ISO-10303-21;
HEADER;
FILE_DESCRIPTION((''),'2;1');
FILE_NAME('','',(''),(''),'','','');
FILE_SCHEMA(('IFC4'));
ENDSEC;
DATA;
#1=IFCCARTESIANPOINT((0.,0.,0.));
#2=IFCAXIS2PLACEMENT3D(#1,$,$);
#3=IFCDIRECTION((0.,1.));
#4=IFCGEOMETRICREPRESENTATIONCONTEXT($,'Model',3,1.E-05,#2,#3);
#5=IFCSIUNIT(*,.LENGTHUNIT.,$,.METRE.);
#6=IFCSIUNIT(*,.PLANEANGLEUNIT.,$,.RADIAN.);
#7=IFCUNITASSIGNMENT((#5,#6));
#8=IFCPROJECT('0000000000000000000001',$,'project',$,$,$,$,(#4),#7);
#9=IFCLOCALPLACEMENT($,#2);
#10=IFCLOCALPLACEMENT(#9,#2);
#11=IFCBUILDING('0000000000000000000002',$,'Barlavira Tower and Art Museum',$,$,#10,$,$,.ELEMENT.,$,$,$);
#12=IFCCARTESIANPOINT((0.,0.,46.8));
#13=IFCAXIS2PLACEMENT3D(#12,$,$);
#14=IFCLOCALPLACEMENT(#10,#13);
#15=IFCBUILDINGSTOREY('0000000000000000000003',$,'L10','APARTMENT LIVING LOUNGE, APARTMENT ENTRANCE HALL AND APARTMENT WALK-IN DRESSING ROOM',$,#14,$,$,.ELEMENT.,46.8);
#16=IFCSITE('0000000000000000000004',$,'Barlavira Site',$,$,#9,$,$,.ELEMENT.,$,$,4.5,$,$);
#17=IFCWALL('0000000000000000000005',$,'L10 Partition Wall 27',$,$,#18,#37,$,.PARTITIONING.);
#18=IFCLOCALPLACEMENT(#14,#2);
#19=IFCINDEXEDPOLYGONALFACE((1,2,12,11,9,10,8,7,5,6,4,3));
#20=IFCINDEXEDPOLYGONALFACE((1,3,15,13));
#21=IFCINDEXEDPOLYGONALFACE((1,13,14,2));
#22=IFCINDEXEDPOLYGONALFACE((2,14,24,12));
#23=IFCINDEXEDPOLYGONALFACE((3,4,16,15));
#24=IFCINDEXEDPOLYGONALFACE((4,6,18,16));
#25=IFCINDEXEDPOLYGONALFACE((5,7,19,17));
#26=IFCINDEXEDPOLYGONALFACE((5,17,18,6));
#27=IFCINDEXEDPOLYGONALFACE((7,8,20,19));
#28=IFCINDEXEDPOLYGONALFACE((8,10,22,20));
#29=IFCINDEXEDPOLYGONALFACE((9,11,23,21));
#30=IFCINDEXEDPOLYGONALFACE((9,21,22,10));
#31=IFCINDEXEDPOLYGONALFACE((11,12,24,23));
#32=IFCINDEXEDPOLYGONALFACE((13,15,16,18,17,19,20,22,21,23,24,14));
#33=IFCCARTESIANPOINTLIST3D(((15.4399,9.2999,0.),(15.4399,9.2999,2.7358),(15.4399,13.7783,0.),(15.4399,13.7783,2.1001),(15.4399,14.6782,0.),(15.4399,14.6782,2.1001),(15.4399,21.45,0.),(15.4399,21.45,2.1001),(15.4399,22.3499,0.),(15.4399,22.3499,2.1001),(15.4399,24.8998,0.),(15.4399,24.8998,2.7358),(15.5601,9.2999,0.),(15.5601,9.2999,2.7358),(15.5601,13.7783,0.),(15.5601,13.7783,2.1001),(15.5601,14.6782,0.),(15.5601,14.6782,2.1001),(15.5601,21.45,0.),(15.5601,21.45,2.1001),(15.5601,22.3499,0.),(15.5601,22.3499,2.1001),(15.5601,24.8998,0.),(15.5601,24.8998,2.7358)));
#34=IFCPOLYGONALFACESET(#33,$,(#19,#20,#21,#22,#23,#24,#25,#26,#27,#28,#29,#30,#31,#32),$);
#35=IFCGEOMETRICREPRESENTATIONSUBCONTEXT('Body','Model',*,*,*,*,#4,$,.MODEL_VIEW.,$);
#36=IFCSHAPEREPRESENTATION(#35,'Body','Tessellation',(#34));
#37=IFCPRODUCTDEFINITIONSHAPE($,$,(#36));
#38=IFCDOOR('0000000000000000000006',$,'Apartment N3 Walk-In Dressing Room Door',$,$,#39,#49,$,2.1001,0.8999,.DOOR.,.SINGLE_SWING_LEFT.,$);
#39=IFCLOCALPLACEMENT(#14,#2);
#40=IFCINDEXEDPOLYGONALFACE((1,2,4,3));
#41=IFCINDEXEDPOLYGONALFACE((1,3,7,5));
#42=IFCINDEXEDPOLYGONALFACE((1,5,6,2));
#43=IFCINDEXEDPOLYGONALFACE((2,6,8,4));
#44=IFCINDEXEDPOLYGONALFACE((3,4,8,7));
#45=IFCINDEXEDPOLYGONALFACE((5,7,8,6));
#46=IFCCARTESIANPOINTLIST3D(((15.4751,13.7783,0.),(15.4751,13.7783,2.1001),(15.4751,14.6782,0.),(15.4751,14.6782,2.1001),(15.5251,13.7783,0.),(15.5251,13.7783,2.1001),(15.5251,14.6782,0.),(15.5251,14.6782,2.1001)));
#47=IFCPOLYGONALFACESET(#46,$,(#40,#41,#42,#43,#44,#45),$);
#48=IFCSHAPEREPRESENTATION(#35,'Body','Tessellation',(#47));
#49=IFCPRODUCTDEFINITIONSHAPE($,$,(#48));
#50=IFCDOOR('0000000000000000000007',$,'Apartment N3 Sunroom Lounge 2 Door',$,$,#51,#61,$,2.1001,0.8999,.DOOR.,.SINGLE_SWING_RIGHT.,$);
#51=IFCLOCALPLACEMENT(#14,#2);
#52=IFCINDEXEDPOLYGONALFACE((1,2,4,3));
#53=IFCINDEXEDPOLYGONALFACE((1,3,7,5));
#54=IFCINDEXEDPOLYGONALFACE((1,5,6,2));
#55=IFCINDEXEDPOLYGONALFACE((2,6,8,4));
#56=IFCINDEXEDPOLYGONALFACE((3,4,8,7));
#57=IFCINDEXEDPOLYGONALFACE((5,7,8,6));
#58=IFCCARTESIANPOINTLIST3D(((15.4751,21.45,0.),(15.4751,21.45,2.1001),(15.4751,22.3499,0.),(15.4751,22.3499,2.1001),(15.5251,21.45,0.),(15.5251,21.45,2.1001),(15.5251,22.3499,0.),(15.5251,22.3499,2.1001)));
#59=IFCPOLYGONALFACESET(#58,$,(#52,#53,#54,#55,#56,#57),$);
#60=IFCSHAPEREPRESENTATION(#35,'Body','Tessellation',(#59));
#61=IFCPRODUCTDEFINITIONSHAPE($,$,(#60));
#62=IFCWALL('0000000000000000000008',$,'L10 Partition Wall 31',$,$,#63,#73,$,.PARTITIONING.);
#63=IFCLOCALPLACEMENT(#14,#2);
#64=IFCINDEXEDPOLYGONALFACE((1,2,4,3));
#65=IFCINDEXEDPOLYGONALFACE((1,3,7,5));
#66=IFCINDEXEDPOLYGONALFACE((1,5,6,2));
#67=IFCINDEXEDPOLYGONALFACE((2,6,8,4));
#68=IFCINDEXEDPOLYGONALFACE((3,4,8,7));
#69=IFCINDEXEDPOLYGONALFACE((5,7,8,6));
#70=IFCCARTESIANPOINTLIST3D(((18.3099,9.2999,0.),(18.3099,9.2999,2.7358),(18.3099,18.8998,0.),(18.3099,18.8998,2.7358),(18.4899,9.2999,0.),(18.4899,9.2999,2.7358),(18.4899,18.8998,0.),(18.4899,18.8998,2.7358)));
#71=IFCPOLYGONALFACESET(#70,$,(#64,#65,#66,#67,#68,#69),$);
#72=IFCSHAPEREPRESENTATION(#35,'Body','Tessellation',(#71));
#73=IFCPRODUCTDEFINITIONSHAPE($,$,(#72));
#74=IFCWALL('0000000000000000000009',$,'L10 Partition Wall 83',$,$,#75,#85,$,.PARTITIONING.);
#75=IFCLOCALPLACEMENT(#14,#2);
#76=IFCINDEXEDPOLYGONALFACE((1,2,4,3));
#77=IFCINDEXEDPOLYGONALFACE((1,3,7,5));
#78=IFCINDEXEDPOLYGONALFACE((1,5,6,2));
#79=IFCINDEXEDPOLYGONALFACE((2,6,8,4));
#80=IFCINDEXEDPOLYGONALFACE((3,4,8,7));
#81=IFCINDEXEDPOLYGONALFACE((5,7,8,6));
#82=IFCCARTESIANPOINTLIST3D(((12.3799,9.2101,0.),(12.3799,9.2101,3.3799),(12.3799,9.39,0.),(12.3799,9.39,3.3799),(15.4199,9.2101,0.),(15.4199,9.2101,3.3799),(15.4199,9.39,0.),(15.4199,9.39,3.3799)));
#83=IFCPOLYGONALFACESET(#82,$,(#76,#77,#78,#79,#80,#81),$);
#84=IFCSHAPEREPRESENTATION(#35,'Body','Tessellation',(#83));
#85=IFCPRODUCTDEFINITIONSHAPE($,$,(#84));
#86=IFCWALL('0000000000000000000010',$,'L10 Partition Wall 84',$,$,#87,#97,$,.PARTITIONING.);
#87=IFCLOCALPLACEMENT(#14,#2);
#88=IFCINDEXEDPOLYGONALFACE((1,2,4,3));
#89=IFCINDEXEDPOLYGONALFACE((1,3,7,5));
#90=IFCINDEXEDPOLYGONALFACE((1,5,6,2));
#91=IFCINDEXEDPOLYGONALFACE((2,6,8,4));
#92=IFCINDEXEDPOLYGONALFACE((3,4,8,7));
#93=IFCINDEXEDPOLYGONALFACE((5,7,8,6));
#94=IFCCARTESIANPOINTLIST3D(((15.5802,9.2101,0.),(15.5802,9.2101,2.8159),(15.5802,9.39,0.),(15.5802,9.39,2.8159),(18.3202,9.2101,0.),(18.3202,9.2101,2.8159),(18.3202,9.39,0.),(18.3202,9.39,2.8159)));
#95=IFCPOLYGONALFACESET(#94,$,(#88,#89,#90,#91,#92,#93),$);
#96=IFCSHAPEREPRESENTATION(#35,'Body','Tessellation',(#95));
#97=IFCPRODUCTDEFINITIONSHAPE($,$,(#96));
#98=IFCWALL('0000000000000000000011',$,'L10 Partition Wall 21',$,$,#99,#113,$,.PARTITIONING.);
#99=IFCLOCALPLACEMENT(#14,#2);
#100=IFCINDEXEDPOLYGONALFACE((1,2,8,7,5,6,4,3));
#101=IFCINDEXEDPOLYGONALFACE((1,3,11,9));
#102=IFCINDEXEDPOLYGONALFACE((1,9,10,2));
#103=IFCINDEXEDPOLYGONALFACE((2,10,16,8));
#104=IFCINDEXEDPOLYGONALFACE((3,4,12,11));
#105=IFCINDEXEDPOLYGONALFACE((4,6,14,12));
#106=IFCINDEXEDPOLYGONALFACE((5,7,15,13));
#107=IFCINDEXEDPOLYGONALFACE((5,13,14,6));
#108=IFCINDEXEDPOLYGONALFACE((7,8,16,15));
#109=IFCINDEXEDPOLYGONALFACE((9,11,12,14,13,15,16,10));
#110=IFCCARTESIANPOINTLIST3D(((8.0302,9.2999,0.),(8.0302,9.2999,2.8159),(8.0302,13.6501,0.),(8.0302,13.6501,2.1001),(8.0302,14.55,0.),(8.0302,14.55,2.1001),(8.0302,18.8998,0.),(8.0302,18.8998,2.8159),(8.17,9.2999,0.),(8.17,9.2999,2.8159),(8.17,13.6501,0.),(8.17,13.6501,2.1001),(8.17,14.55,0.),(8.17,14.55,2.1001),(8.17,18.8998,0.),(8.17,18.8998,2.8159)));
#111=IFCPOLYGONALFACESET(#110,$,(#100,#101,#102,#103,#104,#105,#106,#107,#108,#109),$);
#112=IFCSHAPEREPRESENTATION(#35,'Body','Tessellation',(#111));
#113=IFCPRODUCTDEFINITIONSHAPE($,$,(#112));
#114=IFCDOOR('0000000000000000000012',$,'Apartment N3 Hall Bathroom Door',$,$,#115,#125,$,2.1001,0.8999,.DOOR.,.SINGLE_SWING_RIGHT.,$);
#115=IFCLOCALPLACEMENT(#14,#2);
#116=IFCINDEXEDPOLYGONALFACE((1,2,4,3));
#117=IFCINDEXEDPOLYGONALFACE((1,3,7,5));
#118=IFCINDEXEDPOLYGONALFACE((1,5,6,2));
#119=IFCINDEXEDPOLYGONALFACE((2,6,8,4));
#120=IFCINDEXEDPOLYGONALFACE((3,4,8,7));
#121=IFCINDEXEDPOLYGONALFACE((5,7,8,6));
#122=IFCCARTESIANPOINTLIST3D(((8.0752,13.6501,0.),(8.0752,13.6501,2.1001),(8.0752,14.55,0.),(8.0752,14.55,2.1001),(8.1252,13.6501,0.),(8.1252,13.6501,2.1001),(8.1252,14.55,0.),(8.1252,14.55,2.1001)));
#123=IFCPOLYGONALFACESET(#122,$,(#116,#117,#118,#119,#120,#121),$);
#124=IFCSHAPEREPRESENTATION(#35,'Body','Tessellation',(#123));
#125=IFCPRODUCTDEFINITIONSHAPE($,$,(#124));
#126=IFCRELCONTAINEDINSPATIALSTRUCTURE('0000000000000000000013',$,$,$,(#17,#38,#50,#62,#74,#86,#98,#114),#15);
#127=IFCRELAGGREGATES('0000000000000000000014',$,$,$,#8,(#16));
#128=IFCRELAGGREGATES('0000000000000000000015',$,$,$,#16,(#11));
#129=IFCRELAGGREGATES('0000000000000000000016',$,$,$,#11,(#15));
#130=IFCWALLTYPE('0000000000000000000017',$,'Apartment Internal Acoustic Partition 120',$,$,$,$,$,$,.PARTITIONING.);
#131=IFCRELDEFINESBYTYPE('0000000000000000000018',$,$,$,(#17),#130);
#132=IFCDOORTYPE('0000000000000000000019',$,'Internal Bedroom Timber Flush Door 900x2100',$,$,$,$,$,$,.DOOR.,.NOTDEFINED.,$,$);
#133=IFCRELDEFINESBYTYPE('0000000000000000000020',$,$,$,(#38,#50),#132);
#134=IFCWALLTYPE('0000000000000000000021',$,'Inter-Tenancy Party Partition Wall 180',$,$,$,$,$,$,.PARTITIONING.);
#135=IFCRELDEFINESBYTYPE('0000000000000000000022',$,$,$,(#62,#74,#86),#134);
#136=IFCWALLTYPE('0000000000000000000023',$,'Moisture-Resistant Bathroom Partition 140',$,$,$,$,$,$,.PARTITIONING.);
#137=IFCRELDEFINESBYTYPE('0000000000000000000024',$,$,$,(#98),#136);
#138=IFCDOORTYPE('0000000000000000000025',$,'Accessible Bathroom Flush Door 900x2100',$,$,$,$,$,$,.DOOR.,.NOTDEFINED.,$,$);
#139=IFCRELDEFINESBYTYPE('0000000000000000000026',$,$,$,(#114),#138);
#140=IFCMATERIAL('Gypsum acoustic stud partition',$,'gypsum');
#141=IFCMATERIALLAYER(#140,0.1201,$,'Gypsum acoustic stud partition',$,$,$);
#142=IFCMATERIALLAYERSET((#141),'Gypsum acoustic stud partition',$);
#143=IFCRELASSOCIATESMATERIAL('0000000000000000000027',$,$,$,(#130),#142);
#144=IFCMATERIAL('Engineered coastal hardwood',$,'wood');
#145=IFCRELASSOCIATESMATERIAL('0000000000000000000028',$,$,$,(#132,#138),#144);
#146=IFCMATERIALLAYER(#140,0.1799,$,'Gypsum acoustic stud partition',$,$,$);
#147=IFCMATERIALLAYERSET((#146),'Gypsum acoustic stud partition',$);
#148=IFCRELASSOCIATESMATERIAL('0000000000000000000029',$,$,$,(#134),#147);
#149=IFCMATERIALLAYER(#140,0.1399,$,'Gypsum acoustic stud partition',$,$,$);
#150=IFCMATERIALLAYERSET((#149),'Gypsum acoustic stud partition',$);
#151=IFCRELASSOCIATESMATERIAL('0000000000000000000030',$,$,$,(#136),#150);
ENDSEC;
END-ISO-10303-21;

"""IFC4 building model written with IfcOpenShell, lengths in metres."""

from ifc_helpers import new_model, si_unit, direction, frame, frame_2d, origin, place, context, subcontext, project, spatial, rectangle, extrude, material, layer, layer_set, type_object, element, fill, save


model = new_model("IFC4")

# Units and contexts
model_context = context("Model", 3, precision=1e-05, world=origin(), true_north=direction((0.0, 1.0)))
body_context = subcontext(model_context, "Body", "Model", "MODEL_VIEW")
ifc_project = project(units=[si_unit("LENGTHUNIT", "METRE"), si_unit("PLANEANGLEUNIT", "RADIAN")], contexts=[model_context])

# Site, building, storey
site_placement = place(None, origin())
site = spatial("IfcSite", under=ifc_project, at=site_placement, Name="Barlavira Site", CompositionType="ELEMENT", RefElevation=4.5)
building_placement = place(site_placement, origin())
building = spatial("IfcBuilding", under=site, at=building_placement, Name="Barlavira Tower and Art Museum", CompositionType="ELEMENT")
storey_placement = place(building_placement, frame((0.0, 0.0, 46.8)))
storey = spatial("IfcBuildingStorey", under=building, at=storey_placement, Name="L10", Description="APARTMENT LIVING LOUNGE, APARTMENT ENTRANCE HALL AND APARTMENT WALK-IN DRESSING ROOM", CompositionType="ELEMENT", Elevation=46.8)

# Wall, openings, doors
ifc_material_1 = material(Name="Gypsum acoustic stud partition", Category="gypsum")
ifc_layer_1 = layer(ifc_material_1, 0.1201, Name="Gypsum acoustic stud partition")
ifc_layer_set_1 = layer_set([ifc_layer_1], Name="Gypsum acoustic stud partition")
wall_type_1 = type_object("IfcWallType", Name="Apartment Internal Acoustic Partition 120", PredefinedType="PARTITIONING", material=ifc_layer_set_1)
ifc_material_2 = material(Name="Engineered coastal hardwood", Category="wood")
door_type_1 = type_object("IfcDoorType", Name="Internal Bedroom Timber Flush Door 900x2100", OperationType="NOTDEFINED", PredefinedType="DOOR", material=ifc_material_2)
wall_1_placement = place(storey_placement, frame((15.5, 9.3, 0.0), z_axis=(0.0, 0.0, 1.0), x_axis=(0.0, 1.0, 0.0)))
wall_1 = element("IfcWall", 1, at=wall_1_placement, inside=storey, type_object=wall_type_1, Name="L10 Partition Wall 27", PredefinedType="PARTITIONING", context=body_context, shape_type="SweptSolid", body=[
    extrude(rectangle(XDim=15.5999, YDim=0.1201, at=frame_2d((7.7998, 0.0))), origin(), (0.0, 0.0, 1.0), 2.7358),
])
opening_1_placement = place(wall_1_placement, frame((4.4783, 0.0, 0.0)))
opening_1 = element("IfcOpeningElement", 2, at=opening_1_placement, cuts=wall_1, PredefinedType="OPENING", context=body_context, shape_type="SweptSolid", body=[
    extrude(rectangle(XDim=0.8999, YDim=2.1001, at=frame_2d((0.45, 1.05))), frame((0.0, 0.0701, 0.0), z_axis=(0.0, -1.0, 0.0), x_axis=(1.0, 0.0, 0.0)), (0.0, 0.0, 1.0), 0.1401),
])
opening_2_placement = place(wall_1_placement, frame((12.1499, 0.0, 0.0)))
opening_2 = element("IfcOpeningElement", 3, at=opening_2_placement, cuts=wall_1, PredefinedType="OPENING", context=body_context, shape_type="SweptSolid", body=[
    extrude(rectangle(XDim=0.8999, YDim=2.1001, at=frame_2d((0.45, 1.05))), frame((0.0, 0.0701, 0.0), z_axis=(0.0, -1.0, 0.0), x_axis=(1.0, 0.0, 0.0)), (0.0, 0.0, 1.0), 0.1401),
])
door_1_placement = place(opening_1_placement, origin())
door_1 = element("IfcDoor", 4, at=door_1_placement, inside=storey, type_object=door_type_1, Name="Apartment N3 Walk-In Dressing Room Door", OperationType="SINGLE_SWING_LEFT", OverallHeight=2.1001, OverallWidth=0.8999, PredefinedType="DOOR", context=body_context, shape_type="SweptSolid", body=[
    extrude(rectangle(XDim=0.8999, YDim=2.1001, at=frame_2d((0.45, 1.05))), frame((0.0, 0.0249, 0.0), z_axis=(0.0, -1.0, 0.0), x_axis=(1.0, 0.0, 0.0)), (0.0, 0.0, 1.0), 0.05),
])
fill(opening_1, door_1)
door_2_placement = place(opening_2_placement, origin())
door_2 = element("IfcDoor", 5, at=door_2_placement, inside=storey, type_object=door_type_1, Name="Apartment N3 Sunroom Lounge 2 Door", OperationType="SINGLE_SWING_RIGHT", OverallHeight=2.1001, OverallWidth=0.8999, PredefinedType="DOOR", context=body_context, shape_type="SweptSolid", body=[
    extrude(rectangle(XDim=0.8999, YDim=2.1001, at=frame_2d((0.45, 1.05))), frame((0.0, 0.0249, 0.0), z_axis=(0.0, -1.0, 0.0), x_axis=(1.0, 0.0, 0.0)), (0.0, 0.0, 1.0), 0.05),
])
fill(opening_2, door_2)

# Wall
ifc_layer_2 = layer(ifc_material_1, 0.1799, Name="Gypsum acoustic stud partition")
ifc_layer_set_2 = layer_set([ifc_layer_2], Name="Gypsum acoustic stud partition")
wall_type_2 = type_object("IfcWallType", Name="Inter-Tenancy Party Partition Wall 180", PredefinedType="PARTITIONING", material=ifc_layer_set_2)
wall_2_placement = place(storey_placement, frame((18.3999, 9.3, 0.0), z_axis=(0.0, 0.0, 1.0), x_axis=(0.0, 1.0, 0.0)))
element("IfcWall", 6, at=wall_2_placement, inside=storey, type_object=wall_type_2, Name="L10 Partition Wall 31", PredefinedType="PARTITIONING", context=body_context, shape_type="SweptSolid", body=[
    extrude(rectangle(XDim=9.5999, YDim=0.1799, at=frame_2d((4.7998, 0.0))), origin(), (0.0, 0.0, 1.0), 2.7358),
])

# Walls
wall_3_placement = place(storey_placement, frame((12.3799, 9.3, 0.0), z_axis=(0.0, 0.0, 1.0), x_axis=(1.0, 0.0, 0.0)))
element("IfcWall", 7, at=wall_3_placement, inside=storey, type_object=wall_type_2, Name="L10 Partition Wall 83", PredefinedType="PARTITIONING", context=body_context, shape_type="SweptSolid", body=[
    extrude(rectangle(XDim=3.04, YDim=0.1799, at=frame_2d((1.52, 0.0))), origin(), (0.0, 0.0, 1.0), 3.3799),
])
wall_4_placement = place(storey_placement, frame((15.5801, 9.3, 0.0), z_axis=(0.0, 0.0, 1.0), x_axis=(1.0, 0.0, 0.0)))
element("IfcWall", 8, at=wall_4_placement, inside=storey, type_object=wall_type_2, Name="L10 Partition Wall 84", PredefinedType="PARTITIONING", context=body_context, shape_type="SweptSolid", body=[
    extrude(rectangle(XDim=2.74, YDim=0.1799, at=frame_2d((1.3701, 0.0))), origin(), (0.0, 0.0, 1.0), 2.8159),
])

# Wall, opening, door
ifc_layer_3 = layer(ifc_material_1, 0.1399, Name="Gypsum acoustic stud partition")
ifc_layer_set_3 = layer_set([ifc_layer_3], Name="Gypsum acoustic stud partition")
wall_type_3 = type_object("IfcWallType", Name="Moisture-Resistant Bathroom Partition 140", PredefinedType="PARTITIONING", material=ifc_layer_set_3)
wall_5_placement = place(storey_placement, frame((8.1001, 9.3, 0.0), z_axis=(0.0, 0.0, 1.0), x_axis=(0.0, 1.0, 0.0)))
wall_5 = element("IfcWall", 9, at=wall_5_placement, inside=storey, type_object=wall_type_3, Name="L10 Partition Wall 21", PredefinedType="PARTITIONING", context=body_context, shape_type="SweptSolid", body=[
    extrude(rectangle(XDim=9.5999, YDim=0.1399, at=frame_2d((4.7998, 0.0))), origin(), (0.0, 0.0, 1.0), 2.8159),
])
opening_3_placement = place(wall_5_placement, frame((4.3501, 0.0, 0.0)))
opening_3 = element("IfcOpeningElement", 10, at=opening_3_placement, cuts=wall_5, PredefinedType="OPENING", context=body_context, shape_type="SweptSolid", body=[
    extrude(rectangle(XDim=0.8999, YDim=2.1001, at=frame_2d((0.45, 1.05))), frame((0.0, 0.0801, 0.0), z_axis=(0.0, -1.0, 0.0), x_axis=(1.0, 0.0, 0.0)), (0.0, 0.0, 1.0), 0.1599),
])
door_type_2 = type_object("IfcDoorType", Name="Accessible Bathroom Flush Door 900x2100", OperationType="NOTDEFINED", PredefinedType="DOOR", material=ifc_material_2)
door_3_placement = place(opening_3_placement, origin())
door_3 = element("IfcDoor", 11, at=door_3_placement, inside=storey, type_object=door_type_2, Name="Apartment N3 Hall Bathroom Door", OperationType="SINGLE_SWING_RIGHT", OverallHeight=2.1001, OverallWidth=0.8999, PredefinedType="DOOR", context=body_context, shape_type="SweptSolid", body=[
    extrude(rectangle(XDim=0.8999, YDim=2.1001, at=frame_2d((0.45, 1.05))), frame((0.0, 0.0249, 0.0), z_axis=(0.0, -1.0, 0.0), x_axis=(1.0, 0.0, 0.0)), (0.0, 0.0, 1.0), 0.05),
])
fill(opening_3, door_3)

save(model, "model.ifc")
